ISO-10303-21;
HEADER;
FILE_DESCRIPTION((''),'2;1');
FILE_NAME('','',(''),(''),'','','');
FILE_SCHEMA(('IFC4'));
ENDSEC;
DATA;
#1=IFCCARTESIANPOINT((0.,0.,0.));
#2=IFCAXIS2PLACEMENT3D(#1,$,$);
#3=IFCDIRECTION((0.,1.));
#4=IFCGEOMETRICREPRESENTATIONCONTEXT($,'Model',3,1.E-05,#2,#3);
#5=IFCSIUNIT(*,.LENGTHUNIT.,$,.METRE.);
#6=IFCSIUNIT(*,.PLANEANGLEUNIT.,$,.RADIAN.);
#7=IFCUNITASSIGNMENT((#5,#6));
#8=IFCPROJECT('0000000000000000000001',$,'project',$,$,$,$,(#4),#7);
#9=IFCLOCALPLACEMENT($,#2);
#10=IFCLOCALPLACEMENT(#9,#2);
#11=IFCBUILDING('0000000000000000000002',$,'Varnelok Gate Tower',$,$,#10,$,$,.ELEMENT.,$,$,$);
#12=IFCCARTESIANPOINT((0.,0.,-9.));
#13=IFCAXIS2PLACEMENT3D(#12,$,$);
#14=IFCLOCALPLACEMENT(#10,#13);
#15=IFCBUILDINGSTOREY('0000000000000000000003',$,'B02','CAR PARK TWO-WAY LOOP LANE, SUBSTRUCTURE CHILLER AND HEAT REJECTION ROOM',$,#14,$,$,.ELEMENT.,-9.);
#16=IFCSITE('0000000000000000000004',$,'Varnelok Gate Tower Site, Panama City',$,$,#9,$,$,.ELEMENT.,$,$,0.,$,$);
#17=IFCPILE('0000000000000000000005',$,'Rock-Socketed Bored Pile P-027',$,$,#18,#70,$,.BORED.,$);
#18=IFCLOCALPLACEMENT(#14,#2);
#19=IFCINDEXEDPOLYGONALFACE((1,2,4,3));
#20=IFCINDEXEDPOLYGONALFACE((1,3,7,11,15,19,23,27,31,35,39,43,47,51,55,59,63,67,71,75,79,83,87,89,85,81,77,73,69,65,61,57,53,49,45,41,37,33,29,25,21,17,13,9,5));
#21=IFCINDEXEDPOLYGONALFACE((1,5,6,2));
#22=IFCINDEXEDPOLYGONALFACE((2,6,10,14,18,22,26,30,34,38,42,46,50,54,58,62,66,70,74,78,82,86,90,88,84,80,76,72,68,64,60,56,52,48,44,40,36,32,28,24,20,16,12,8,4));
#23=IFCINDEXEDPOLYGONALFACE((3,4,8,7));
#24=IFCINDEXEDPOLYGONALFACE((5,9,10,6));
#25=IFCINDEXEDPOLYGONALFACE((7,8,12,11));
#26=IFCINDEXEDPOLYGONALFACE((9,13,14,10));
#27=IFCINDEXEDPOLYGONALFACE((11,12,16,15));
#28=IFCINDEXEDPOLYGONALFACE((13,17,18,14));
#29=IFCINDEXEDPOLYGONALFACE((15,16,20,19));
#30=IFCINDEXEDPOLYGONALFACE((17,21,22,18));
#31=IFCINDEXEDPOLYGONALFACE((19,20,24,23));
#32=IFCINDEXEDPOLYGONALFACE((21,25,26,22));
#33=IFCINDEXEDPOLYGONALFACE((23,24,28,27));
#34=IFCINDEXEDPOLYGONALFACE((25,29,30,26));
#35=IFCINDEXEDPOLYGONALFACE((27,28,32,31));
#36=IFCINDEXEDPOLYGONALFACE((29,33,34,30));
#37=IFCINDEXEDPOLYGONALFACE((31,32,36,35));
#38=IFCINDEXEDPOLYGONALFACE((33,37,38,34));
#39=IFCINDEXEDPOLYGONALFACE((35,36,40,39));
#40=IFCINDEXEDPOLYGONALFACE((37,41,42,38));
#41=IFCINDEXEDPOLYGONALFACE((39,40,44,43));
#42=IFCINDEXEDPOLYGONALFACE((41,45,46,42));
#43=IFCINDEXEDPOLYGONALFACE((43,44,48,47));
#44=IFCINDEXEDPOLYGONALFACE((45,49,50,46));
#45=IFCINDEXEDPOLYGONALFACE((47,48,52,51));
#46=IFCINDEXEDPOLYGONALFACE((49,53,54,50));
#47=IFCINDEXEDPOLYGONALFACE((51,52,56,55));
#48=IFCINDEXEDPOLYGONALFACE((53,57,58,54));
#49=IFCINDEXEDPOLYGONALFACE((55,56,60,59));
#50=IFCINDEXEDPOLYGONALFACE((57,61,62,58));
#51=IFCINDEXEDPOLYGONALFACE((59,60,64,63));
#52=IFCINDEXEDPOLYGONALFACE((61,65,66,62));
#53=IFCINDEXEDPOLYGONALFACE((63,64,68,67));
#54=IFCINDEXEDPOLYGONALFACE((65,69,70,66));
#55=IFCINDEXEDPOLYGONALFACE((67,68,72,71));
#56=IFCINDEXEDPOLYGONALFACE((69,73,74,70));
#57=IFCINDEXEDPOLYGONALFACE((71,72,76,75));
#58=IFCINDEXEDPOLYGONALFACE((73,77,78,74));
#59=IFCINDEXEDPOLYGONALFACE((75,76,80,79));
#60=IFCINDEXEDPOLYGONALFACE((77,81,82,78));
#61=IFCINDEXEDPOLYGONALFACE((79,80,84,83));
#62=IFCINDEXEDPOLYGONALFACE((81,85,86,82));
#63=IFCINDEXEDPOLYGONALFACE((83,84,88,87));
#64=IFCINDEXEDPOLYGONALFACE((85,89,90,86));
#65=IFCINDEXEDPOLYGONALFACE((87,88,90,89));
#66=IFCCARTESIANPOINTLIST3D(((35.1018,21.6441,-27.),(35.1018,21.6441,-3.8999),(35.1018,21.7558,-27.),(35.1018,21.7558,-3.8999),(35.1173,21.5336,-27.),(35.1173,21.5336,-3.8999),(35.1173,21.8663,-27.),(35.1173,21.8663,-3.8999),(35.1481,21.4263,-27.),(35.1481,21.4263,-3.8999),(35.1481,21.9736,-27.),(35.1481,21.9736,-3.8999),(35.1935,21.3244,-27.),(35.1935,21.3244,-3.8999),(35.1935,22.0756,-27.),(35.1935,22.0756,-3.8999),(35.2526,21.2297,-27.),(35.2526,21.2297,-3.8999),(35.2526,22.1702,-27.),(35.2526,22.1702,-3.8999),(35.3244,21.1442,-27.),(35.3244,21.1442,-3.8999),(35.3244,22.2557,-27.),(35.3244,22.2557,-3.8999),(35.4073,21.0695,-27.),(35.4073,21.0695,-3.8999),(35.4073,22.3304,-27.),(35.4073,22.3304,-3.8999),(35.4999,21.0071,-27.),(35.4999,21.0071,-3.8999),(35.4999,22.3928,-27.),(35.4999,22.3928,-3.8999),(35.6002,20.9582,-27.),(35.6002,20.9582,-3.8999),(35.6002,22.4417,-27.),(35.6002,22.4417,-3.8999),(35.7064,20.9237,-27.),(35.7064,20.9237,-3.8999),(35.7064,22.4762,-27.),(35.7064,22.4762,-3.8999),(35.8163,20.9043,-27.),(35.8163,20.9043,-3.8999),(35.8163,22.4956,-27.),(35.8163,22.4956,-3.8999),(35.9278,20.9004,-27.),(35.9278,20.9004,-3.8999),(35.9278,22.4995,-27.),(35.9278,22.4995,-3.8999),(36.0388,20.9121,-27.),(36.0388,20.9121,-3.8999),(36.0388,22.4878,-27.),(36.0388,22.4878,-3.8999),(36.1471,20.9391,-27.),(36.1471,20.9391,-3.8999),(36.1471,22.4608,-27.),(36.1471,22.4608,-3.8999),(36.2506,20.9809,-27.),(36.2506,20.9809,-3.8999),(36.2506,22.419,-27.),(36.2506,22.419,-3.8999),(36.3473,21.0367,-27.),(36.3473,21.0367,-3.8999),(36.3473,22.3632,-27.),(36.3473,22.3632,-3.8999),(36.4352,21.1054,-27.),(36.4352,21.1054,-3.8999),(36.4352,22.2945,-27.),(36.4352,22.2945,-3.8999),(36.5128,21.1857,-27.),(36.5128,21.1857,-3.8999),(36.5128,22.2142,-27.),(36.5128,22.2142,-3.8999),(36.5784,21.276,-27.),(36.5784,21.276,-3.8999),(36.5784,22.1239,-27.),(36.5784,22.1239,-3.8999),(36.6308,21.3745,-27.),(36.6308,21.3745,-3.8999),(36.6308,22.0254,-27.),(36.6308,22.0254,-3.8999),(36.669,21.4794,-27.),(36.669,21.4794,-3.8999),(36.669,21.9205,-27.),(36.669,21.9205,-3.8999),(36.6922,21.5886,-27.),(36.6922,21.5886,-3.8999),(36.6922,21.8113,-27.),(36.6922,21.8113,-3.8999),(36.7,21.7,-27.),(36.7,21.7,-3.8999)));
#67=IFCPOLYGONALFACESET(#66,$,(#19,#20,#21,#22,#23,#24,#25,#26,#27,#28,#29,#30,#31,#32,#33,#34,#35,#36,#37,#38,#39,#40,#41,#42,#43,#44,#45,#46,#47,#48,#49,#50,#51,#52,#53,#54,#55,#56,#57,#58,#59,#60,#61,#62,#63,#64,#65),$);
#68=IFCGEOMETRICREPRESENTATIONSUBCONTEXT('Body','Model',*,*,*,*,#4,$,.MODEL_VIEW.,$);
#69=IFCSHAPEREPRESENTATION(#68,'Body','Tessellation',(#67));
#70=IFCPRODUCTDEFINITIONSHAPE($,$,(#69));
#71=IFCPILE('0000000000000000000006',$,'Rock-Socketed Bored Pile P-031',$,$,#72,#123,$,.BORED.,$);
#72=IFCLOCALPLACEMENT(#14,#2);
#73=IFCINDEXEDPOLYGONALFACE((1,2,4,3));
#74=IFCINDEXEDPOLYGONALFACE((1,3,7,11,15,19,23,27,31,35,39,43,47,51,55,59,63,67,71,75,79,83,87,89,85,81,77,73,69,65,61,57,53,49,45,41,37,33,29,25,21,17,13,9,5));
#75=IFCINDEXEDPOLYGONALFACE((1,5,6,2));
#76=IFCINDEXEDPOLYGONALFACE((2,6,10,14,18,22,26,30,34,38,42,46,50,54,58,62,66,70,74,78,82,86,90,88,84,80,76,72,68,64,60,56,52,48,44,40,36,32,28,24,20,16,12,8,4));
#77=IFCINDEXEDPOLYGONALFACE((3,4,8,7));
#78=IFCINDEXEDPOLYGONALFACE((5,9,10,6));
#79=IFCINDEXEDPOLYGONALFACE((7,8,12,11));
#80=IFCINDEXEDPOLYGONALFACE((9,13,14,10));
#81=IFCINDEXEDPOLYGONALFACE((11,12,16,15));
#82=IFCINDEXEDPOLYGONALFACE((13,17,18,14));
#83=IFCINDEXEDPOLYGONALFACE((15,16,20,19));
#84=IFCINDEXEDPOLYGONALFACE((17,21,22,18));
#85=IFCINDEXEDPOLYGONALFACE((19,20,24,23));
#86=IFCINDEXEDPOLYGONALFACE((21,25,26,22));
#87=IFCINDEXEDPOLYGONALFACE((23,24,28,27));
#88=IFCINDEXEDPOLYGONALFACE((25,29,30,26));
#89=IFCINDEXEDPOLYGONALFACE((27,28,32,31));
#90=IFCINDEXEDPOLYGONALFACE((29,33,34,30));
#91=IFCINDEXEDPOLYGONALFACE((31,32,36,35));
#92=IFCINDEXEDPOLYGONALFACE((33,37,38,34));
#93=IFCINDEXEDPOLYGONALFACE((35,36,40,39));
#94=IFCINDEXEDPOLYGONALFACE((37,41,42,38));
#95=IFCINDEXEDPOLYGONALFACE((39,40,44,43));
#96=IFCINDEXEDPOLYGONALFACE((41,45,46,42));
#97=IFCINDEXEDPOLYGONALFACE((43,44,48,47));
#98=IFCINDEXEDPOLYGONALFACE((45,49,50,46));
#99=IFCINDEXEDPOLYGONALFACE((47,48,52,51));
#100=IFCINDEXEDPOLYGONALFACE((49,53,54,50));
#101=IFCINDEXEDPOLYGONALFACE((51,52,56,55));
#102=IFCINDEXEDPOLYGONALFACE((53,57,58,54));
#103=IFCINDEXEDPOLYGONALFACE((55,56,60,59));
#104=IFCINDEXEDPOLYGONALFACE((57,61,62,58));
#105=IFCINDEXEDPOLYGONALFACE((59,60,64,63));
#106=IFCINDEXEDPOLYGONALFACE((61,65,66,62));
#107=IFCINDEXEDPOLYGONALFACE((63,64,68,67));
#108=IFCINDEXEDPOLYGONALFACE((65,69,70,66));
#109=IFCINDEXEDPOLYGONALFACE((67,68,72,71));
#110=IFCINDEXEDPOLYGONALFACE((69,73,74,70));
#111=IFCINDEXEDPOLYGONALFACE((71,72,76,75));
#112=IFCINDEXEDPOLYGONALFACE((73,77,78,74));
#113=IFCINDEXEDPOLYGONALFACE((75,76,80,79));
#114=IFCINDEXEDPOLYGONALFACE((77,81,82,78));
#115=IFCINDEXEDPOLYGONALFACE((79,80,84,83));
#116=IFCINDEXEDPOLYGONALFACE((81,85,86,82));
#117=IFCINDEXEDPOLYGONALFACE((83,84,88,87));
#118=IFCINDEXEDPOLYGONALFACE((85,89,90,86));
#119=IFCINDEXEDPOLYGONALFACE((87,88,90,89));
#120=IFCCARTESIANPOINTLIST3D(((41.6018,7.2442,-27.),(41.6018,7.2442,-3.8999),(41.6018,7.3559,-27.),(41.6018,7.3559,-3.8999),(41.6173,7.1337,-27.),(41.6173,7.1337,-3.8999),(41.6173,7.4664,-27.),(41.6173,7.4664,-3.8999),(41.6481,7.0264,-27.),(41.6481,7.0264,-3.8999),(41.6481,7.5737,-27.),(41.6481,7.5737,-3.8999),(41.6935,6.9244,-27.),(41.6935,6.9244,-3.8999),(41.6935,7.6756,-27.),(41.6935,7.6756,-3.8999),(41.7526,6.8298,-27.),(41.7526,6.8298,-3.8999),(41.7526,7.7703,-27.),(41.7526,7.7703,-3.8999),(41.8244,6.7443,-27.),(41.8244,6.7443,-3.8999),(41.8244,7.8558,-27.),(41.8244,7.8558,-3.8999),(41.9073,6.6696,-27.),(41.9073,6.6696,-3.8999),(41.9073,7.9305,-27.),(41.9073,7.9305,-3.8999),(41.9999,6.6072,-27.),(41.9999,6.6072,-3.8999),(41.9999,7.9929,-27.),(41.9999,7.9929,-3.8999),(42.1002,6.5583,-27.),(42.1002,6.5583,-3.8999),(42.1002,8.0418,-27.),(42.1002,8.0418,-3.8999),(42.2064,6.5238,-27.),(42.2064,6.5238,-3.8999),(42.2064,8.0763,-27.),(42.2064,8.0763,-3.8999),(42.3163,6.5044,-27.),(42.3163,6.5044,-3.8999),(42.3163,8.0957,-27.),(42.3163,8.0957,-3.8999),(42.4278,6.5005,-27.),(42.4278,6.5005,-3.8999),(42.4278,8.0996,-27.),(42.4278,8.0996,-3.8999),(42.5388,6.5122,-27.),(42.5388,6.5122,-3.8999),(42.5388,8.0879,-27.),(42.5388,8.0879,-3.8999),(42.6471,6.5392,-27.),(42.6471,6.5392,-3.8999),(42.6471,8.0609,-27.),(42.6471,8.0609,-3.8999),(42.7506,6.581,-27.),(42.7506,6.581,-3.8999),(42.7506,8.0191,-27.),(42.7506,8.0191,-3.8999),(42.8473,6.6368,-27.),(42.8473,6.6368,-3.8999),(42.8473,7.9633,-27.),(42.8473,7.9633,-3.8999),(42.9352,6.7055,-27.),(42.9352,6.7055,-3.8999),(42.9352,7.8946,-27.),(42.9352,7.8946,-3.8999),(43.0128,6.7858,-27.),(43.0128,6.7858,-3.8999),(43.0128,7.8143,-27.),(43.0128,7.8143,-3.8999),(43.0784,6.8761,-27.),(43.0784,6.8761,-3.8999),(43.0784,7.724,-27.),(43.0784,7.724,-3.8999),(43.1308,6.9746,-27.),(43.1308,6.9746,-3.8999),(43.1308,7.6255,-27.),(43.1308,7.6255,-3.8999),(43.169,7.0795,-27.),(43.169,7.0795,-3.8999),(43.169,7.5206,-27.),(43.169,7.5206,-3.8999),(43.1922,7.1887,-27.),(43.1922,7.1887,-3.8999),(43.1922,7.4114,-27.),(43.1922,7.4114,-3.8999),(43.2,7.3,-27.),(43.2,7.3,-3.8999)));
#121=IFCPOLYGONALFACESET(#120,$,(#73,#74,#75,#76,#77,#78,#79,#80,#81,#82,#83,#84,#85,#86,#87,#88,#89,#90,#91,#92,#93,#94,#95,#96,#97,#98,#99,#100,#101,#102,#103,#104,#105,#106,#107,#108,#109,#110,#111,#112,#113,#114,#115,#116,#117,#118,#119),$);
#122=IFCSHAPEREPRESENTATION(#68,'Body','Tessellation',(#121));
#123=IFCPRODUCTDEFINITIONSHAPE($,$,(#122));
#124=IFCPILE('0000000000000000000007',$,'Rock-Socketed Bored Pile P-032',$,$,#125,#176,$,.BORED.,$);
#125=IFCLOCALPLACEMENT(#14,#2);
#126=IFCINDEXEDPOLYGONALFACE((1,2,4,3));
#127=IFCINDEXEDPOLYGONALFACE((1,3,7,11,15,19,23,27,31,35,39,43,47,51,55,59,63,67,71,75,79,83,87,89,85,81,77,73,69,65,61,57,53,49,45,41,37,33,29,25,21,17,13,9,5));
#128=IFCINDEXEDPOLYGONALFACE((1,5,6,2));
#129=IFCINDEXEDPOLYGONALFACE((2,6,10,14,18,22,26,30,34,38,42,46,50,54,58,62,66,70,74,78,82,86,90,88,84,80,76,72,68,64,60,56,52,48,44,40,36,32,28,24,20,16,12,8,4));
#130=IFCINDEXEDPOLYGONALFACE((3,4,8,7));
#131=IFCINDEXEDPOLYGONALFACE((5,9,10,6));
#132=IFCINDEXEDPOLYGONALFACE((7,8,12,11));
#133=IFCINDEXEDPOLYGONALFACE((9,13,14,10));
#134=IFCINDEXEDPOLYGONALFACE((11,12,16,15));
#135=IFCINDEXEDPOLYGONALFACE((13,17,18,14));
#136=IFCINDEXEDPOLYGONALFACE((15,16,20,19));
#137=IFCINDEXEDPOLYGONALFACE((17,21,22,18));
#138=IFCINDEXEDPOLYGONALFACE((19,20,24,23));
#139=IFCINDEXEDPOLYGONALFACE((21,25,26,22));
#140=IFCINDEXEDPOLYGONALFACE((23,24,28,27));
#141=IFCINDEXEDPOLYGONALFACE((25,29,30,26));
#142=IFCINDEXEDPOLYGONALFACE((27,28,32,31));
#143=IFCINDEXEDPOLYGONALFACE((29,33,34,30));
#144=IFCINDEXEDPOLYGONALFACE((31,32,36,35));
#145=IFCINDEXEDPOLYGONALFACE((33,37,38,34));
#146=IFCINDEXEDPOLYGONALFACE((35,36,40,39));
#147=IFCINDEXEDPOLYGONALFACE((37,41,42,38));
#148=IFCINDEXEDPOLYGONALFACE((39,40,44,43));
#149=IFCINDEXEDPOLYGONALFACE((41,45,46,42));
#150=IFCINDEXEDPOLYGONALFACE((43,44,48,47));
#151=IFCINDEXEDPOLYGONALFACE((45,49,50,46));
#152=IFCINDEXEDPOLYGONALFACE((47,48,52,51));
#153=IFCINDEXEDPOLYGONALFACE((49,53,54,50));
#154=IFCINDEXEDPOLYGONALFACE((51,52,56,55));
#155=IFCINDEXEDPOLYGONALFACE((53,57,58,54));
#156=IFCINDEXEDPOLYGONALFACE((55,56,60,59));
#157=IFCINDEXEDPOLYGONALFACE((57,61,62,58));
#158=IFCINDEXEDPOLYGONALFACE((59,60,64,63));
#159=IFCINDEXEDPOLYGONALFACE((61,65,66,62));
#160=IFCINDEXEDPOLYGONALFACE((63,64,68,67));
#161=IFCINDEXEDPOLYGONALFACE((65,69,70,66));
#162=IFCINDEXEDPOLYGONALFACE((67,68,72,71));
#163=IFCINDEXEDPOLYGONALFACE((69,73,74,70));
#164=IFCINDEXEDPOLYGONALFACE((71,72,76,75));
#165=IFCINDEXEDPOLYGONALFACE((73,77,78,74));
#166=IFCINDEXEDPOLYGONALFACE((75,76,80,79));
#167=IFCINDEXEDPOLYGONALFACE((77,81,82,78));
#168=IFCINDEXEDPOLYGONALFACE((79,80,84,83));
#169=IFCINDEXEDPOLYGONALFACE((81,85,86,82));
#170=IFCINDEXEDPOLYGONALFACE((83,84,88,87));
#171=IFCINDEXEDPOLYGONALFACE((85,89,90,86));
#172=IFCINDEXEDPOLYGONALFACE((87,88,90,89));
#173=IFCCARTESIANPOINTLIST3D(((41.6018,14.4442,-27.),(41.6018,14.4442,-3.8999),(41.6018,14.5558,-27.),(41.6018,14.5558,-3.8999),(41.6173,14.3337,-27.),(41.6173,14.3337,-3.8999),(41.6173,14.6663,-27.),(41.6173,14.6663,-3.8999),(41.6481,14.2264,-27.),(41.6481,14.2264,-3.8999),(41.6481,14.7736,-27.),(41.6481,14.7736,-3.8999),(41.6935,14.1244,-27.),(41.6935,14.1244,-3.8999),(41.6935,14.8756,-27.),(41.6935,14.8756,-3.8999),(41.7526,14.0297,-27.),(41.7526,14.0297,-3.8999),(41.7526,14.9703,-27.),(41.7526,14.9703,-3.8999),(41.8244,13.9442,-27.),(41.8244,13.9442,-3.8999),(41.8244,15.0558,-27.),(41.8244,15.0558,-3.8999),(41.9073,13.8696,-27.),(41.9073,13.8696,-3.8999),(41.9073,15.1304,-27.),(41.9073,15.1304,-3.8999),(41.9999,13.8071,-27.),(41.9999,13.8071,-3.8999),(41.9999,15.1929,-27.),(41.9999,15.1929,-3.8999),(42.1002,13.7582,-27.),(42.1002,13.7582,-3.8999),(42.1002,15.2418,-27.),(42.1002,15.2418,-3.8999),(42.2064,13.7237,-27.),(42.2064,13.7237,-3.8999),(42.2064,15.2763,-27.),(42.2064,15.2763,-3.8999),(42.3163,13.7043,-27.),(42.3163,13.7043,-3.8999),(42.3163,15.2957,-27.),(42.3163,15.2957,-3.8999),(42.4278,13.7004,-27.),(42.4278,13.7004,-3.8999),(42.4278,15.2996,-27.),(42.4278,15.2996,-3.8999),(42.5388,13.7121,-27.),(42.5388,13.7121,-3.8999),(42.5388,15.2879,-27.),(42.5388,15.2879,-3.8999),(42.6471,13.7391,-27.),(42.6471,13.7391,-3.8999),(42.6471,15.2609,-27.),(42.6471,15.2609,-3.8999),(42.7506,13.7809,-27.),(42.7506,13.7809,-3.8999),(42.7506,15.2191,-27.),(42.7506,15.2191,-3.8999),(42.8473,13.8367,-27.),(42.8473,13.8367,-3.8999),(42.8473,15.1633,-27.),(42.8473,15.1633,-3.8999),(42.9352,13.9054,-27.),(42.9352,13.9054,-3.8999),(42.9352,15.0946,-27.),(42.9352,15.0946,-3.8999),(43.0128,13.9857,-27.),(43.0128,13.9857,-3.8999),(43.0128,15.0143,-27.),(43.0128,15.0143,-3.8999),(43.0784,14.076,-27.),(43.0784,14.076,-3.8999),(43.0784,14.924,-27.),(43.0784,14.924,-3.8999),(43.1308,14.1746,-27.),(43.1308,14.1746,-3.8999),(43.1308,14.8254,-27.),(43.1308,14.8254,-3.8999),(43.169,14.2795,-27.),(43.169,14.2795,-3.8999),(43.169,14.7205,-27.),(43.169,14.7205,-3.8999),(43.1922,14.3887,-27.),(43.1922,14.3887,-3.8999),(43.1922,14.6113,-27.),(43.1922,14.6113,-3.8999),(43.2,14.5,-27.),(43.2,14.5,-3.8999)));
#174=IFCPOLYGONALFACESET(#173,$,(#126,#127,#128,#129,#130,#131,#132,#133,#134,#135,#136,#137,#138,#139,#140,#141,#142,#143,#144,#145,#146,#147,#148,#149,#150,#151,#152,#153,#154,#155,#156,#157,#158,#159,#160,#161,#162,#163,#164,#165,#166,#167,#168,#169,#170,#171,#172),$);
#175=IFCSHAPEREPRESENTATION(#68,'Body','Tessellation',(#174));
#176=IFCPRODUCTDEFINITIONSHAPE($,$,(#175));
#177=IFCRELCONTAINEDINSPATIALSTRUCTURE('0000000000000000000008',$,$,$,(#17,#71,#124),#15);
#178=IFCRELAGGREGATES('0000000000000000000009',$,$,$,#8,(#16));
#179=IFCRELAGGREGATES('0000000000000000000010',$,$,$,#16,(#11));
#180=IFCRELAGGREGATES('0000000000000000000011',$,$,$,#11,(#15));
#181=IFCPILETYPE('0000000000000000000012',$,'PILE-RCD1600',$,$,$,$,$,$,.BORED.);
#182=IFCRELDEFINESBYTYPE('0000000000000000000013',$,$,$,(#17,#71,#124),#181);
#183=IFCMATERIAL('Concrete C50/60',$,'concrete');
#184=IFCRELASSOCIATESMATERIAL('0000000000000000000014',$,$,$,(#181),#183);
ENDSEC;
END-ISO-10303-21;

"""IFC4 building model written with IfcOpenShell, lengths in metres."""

from ifc_helpers import new_model, si_unit, direction, frame, origin, origin_2d, place, context, subcontext, project, spatial, circle, extrude, material, material_profile, profile_set, type_object, element, save


model = new_model("IFC4")

# Units and contexts
model_context = context("Model", 3, precision=1e-05, world=origin(), true_north=direction((0.0, 1.0)))
body_context = subcontext(model_context, "Body", "Model", "MODEL_VIEW")
ifc_project = project(units=[si_unit("LENGTHUNIT", "METRE"), si_unit("PLANEANGLEUNIT", "RADIAN")], contexts=[model_context])

# Site, building, storey
site_placement = place(None, origin())
site = spatial("IfcSite", under=ifc_project, at=site_placement, Name="Varnelok Gate Tower Site, Panama City", CompositionType="ELEMENT", RefElevation=0.0)
building_placement = place(site_placement, origin())
building = spatial("IfcBuilding", under=site, at=building_placement, Name="Varnelok Gate Tower", CompositionType="ELEMENT")
storey_placement = place(building_placement, frame((0.0, 0.0, -9.0)))
storey = spatial("IfcBuildingStorey", under=building, at=storey_placement, Name="B02", Description="CAR PARK TWO-WAY LOOP LANE, SUBSTRUCTURE CHILLER AND HEAT REJECTION ROOM", CompositionType="ELEMENT", Elevation=-9.0)

# Shared definitions
ifc_material_1 = material(Name="Concrete C50/60", Category="concrete")

# Piles
ifc_material_profile_1 = material_profile(ifc_material_1, circle(Radius=0.8, at=origin_2d()), Name="RCD1600")
ifc_profile_set_1 = profile_set([ifc_material_profile_1], Name="Concrete C50/60")
pile_type_1 = type_object("IfcPileType", Name="PILE-RCD1600", PredefinedType="BORED", material=ifc_profile_set_1)
for number, where, z_axis, x_axis, name in (
    (1, (35.8999, 21.7, -3.8999), (0.0, 0.0, -1.0), (1.0, 0.0, 0.0), "Rock-Socketed Bored Pile P-027"),
    (2, (42.3999, 7.3, -3.8999), (0.0, 0.0, -1.0), (1.0, 0.0, 0.0), "Rock-Socketed Bored Pile P-031"),
    (3, (42.3999, 14.5, -3.8999), (0.0, 0.0, -1.0), (1.0, 0.0, 0.0), "Rock-Socketed Bored Pile P-032"),
):
    element("IfcPile", number, at=place(storey_placement, frame(where, z_axis=z_axis, x_axis=x_axis)), inside=storey, type_object=pile_type_1, Name=name, PredefinedType="BORED", context=body_context, shape_type="SweptSolid", body=[
        extrude(circle(Radius=0.8, at=origin_2d()), origin(), (0.0, 0.0, 1.0), 23.1001),
    ])

save(model, "model.ifc")
